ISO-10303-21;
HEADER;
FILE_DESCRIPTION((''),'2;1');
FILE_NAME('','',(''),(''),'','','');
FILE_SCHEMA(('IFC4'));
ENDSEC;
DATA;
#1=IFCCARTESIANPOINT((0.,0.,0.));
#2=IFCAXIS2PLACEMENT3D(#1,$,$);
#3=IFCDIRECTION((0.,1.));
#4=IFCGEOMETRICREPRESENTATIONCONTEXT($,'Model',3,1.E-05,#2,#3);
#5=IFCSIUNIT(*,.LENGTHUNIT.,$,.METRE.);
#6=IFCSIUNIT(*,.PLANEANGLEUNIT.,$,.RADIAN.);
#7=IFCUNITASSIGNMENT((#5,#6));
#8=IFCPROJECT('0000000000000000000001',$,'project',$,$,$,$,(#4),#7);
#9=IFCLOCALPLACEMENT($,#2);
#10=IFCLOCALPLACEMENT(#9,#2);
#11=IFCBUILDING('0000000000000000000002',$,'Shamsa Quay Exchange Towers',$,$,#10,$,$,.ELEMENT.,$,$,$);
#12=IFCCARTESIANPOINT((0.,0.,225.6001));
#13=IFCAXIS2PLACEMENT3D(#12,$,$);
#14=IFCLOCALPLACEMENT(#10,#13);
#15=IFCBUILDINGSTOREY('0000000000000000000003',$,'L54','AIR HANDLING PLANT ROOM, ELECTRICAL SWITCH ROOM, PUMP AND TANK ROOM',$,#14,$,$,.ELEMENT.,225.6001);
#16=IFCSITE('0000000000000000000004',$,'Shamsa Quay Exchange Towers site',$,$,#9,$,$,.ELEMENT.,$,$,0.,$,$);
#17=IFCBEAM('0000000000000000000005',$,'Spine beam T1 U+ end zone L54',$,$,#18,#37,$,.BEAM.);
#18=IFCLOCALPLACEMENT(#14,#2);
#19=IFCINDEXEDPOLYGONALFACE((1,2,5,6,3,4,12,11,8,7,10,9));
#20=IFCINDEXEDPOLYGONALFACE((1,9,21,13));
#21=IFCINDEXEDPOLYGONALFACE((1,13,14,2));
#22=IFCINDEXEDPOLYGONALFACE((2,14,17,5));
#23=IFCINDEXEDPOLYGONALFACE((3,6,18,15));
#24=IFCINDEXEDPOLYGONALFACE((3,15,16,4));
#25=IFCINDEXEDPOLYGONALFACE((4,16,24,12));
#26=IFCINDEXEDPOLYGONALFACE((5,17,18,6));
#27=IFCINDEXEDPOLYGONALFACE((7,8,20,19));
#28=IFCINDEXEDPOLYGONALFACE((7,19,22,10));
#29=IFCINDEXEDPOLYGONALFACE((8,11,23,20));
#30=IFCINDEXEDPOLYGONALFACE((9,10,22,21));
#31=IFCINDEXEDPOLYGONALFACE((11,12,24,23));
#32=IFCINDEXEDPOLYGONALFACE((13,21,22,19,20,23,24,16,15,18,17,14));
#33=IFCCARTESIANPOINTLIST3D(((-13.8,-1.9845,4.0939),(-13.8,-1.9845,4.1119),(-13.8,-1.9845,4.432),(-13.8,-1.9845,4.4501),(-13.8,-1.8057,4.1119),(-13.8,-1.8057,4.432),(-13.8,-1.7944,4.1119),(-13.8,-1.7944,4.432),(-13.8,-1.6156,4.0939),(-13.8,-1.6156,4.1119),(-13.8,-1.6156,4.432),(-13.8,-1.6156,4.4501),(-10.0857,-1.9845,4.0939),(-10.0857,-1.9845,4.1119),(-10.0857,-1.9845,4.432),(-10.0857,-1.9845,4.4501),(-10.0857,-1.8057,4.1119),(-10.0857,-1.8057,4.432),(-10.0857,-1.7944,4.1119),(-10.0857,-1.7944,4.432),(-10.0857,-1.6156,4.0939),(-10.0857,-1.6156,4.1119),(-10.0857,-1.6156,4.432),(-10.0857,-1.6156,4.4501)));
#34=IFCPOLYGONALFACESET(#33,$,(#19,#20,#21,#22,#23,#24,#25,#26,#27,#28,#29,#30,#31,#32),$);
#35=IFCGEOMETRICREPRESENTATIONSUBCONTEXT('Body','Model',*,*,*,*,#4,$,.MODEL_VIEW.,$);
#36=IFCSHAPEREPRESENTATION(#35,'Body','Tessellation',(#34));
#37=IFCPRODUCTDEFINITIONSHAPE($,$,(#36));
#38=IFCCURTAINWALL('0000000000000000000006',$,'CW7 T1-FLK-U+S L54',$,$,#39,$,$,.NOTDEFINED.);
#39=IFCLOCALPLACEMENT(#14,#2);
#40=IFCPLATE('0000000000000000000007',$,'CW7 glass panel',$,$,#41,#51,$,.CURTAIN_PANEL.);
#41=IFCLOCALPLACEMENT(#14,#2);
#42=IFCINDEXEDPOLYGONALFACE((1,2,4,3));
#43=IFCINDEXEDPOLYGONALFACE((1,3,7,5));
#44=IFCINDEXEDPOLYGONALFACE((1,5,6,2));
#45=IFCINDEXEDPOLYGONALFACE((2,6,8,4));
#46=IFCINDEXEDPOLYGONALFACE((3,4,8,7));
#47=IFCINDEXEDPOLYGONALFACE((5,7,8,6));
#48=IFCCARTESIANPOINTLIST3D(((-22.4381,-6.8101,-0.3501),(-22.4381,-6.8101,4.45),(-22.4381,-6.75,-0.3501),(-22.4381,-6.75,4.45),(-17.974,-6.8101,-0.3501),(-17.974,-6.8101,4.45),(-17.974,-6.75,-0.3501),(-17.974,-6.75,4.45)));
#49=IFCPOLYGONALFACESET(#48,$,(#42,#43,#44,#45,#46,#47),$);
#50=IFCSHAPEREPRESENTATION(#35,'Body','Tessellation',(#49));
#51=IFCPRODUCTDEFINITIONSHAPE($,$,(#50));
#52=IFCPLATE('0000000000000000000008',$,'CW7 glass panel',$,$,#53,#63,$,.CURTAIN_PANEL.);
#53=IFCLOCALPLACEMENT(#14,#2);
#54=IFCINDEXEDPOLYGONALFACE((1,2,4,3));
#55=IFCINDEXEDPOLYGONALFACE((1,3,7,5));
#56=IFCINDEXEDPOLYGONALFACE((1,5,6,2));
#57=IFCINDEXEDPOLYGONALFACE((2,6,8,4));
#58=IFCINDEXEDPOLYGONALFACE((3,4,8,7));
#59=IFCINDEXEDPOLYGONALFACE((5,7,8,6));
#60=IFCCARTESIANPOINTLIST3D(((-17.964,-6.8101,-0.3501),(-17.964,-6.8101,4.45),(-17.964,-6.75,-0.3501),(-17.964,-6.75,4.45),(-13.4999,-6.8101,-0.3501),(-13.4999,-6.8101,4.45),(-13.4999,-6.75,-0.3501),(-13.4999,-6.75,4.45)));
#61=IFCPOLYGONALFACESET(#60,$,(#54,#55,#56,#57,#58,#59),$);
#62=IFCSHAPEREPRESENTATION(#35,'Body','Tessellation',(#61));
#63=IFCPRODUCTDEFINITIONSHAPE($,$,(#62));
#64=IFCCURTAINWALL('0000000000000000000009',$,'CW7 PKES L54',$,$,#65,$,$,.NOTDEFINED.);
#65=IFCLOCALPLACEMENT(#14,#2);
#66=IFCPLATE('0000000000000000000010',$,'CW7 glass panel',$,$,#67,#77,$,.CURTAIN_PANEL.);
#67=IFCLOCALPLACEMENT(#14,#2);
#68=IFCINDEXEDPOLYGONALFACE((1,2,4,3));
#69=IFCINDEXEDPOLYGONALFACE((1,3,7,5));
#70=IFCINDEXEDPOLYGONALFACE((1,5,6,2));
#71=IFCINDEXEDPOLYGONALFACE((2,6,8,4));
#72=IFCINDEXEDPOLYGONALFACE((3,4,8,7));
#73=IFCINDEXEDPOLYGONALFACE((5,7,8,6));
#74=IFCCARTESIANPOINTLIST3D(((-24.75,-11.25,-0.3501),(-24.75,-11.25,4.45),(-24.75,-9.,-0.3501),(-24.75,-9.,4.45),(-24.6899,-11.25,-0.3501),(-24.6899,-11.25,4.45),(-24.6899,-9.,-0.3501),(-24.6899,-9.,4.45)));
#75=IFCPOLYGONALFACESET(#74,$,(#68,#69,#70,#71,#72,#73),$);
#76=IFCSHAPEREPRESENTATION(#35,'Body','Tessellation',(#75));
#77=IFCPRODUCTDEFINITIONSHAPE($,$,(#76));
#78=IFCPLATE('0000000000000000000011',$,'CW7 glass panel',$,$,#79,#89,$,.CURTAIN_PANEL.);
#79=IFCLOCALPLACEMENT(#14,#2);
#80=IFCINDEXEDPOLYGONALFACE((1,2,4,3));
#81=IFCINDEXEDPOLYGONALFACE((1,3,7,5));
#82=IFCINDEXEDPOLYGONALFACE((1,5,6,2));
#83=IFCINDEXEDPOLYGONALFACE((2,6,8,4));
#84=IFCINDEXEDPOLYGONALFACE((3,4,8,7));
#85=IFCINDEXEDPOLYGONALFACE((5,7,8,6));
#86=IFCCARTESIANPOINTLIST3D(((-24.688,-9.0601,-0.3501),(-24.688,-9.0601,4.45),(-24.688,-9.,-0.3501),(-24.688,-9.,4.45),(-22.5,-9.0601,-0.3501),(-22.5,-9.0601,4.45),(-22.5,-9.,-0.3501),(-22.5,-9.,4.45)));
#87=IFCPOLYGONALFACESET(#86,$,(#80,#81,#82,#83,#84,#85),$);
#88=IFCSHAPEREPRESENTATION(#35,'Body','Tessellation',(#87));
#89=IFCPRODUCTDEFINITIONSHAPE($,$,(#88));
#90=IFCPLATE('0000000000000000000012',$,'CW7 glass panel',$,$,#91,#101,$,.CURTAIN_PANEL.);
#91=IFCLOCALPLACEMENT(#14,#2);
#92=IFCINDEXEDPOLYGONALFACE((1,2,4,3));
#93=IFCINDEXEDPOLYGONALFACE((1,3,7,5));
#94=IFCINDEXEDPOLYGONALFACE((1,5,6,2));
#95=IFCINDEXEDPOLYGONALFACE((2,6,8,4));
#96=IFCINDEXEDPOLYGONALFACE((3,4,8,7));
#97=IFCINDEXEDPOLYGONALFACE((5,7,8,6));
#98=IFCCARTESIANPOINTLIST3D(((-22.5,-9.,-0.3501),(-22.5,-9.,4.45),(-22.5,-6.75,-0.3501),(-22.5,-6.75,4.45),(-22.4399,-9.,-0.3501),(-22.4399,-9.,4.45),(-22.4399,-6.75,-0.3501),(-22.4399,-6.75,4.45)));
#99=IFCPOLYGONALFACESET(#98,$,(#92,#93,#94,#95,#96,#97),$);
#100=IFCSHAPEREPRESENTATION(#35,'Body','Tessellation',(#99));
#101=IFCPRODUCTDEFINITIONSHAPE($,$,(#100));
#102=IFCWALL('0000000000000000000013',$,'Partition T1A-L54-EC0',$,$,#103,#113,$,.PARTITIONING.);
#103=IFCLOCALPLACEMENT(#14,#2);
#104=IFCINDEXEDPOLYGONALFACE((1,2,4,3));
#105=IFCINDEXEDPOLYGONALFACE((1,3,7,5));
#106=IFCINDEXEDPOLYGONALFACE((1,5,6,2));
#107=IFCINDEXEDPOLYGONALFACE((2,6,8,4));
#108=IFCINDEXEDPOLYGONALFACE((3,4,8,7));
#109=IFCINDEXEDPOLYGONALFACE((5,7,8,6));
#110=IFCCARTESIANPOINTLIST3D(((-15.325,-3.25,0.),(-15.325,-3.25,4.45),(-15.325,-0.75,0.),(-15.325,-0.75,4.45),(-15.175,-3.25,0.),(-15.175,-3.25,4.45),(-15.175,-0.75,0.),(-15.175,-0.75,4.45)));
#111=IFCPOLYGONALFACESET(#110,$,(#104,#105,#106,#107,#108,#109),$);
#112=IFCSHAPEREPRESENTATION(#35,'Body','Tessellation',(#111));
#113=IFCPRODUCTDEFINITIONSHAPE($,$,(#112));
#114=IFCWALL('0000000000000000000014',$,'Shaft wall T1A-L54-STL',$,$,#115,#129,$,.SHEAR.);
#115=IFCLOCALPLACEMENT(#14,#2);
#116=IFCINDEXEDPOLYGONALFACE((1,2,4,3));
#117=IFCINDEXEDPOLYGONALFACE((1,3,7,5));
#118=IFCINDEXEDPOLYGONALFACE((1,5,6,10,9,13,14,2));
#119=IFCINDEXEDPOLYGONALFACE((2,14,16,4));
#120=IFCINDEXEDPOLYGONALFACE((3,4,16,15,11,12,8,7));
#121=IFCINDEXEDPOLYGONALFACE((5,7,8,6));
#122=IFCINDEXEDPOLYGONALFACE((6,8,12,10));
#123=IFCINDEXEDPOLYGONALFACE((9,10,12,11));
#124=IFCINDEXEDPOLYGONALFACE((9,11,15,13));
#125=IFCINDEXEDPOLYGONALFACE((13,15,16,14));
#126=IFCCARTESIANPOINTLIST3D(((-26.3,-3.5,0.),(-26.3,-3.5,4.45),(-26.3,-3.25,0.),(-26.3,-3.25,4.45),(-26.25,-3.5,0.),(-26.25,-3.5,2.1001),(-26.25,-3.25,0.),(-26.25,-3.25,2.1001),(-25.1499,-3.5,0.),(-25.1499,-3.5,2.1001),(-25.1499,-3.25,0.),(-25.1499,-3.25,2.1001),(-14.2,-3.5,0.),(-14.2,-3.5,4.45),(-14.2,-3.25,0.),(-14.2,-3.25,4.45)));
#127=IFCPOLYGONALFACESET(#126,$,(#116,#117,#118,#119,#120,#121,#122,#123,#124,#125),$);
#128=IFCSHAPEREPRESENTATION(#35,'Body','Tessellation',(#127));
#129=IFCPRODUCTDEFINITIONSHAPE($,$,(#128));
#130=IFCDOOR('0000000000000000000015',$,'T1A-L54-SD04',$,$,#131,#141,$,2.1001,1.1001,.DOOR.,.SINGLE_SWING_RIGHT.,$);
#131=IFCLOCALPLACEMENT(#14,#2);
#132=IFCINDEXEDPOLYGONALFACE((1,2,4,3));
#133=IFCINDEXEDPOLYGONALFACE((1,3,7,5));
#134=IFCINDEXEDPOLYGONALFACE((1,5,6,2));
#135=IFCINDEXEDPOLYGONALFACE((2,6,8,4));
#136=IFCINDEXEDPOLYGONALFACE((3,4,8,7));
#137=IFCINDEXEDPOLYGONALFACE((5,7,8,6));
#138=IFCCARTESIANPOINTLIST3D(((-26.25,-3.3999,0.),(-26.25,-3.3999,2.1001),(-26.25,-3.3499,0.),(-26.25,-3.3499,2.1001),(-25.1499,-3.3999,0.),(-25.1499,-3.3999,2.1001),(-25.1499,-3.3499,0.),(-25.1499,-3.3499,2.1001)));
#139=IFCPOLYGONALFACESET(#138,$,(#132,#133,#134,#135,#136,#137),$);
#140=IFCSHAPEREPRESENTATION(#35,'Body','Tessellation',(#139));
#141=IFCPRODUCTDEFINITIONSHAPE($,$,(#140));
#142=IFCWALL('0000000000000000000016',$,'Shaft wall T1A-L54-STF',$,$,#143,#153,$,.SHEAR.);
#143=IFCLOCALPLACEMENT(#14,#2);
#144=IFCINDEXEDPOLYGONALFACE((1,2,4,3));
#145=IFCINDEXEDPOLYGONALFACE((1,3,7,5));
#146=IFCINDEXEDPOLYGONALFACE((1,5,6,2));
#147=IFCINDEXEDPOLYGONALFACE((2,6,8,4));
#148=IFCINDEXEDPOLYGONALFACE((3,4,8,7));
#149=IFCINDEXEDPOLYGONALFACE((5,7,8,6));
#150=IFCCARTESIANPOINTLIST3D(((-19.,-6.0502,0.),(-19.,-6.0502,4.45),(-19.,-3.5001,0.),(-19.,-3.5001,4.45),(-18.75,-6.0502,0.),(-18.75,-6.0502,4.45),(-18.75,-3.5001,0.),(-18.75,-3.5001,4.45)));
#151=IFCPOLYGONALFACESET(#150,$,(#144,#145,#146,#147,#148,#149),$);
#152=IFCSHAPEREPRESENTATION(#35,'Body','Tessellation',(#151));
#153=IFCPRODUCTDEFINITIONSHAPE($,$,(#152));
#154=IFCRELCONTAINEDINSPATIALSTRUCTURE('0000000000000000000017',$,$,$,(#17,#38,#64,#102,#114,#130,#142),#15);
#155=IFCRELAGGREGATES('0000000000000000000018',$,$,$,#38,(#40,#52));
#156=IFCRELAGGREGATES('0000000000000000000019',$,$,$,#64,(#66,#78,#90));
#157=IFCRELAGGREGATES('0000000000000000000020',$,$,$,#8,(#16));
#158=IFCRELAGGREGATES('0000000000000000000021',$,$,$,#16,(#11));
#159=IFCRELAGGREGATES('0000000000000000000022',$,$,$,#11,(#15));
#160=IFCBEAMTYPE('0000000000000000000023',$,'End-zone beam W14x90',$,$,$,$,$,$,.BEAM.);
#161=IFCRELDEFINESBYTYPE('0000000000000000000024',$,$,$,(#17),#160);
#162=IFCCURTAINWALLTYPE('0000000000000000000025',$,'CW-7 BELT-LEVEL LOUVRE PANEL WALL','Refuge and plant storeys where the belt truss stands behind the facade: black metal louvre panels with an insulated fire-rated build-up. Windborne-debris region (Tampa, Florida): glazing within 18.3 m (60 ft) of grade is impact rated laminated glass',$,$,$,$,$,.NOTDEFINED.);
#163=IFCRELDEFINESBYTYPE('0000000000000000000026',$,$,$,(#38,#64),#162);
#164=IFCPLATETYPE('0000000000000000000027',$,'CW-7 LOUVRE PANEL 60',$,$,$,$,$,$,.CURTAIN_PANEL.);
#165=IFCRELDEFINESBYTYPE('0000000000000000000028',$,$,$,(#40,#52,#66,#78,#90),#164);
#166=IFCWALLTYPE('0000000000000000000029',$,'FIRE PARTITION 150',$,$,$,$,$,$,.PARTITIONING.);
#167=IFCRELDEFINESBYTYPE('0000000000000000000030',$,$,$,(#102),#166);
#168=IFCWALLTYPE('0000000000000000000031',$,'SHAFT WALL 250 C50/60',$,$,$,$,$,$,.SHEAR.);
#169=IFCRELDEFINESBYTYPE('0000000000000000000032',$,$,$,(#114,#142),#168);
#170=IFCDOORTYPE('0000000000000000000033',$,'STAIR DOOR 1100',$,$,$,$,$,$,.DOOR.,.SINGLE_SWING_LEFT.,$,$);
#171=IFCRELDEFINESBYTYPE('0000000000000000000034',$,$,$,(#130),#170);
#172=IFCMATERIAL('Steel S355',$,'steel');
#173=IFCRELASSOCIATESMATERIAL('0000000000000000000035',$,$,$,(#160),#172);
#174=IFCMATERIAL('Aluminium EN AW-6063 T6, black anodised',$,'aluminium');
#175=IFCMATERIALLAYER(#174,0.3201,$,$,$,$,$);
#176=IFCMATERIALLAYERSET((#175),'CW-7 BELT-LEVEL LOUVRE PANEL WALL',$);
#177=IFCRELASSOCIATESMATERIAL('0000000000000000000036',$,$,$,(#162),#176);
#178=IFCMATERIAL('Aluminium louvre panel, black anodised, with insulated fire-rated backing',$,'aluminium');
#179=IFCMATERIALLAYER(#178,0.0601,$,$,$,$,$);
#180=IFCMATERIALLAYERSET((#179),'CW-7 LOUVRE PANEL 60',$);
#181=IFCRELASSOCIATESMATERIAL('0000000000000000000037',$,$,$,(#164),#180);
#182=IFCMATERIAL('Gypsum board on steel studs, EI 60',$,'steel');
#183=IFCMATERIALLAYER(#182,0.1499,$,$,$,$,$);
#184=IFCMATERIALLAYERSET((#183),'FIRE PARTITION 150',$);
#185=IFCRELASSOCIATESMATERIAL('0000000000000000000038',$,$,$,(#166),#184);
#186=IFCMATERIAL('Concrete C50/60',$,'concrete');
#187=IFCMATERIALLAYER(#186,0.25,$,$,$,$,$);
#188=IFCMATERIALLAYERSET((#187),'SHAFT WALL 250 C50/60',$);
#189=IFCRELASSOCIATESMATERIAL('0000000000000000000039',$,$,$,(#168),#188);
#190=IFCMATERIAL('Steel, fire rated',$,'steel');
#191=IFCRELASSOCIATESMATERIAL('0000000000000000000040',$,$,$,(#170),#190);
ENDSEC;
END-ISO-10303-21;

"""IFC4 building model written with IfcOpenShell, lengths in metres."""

from ifc_helpers import new_model, si_unit, direction, frame, frame_2d, origin, origin_2d, place, context, subcontext, project, spatial, rectangle, i_section, extrude, material, layer, layer_set, material_profile, profile_set, type_object, element, fill, aggregate, save


model = new_model("IFC4")

# Units and contexts
model_context = context("Model", 3, precision=1e-05, world=origin(), true_north=direction((0.0, 1.0)))
body_context = subcontext(model_context, "Body", "Model", "MODEL_VIEW")
ifc_project = project(units=[si_unit("LENGTHUNIT", "METRE"), si_unit("PLANEANGLEUNIT", "RADIAN")], contexts=[model_context])

# Site, building, storey
site_placement = place(None, origin())
site = spatial("IfcSite", under=ifc_project, at=site_placement, Name="Shamsa Quay Exchange Towers site", CompositionType="ELEMENT", RefElevation=0.0)
building_placement = place(site_placement, origin())
building = spatial("IfcBuilding", under=site, at=building_placement, Name="Shamsa Quay Exchange Towers", CompositionType="ELEMENT")
storey_placement = place(building_placement, frame((0.0, 0.0, 225.6001)))
storey = spatial("IfcBuildingStorey", under=building, at=storey_placement, Name="L54", Description="AIR HANDLING PLANT ROOM, ELECTRICAL SWITCH ROOM, PUMP AND TANK ROOM", CompositionType="ELEMENT", Elevation=225.6001)

# Beam
ifc_material_1 = material(Name="Steel S355", Category="steel")
ifc_material_profile = material_profile(ifc_material_1, i_section(OverallWidth=0.3689, OverallDepth=0.3562, WebThickness=0.0112, FlangeThickness=0.0181, at=origin_2d()), Name="W14x90")
ifc_profile_set = profile_set([ifc_material_profile], Name="Steel S355")
beam_type = type_object("IfcBeamType", Name="End-zone beam W14x90", PredefinedType="BEAM", material=ifc_profile_set)
beam_placement = place(storey_placement, frame((-13.8, -1.8, 4.272), z_axis=(1.0, 0.0, 0.0), x_axis=(0.0, 1.0, 0.0)))
element("IfcBeam", 1, at=beam_placement, inside=storey, type_object=beam_type, Name="Spine beam T1 U+ end zone L54", PredefinedType="BEAM", context=body_context, shape_type="SweptSolid", body=[
    extrude(i_section(OverallWidth=0.3689, OverallDepth=0.3562, WebThickness=0.0112, FlangeThickness=0.0181, at=origin_2d()), origin(), (0.0, 0.0, 1.0), 3.7144),
])

# Curtain walls, plates
ifc_material_2 = material(Name="Aluminium EN AW-6063 T6, black anodised", Category="aluminium")
ifc_layer_1 = layer(ifc_material_2, 0.3201)
ifc_layer_set_1 = layer_set([ifc_layer_1], Name="CW-7 BELT-LEVEL LOUVRE PANEL WALL")
curtain_wall_type = type_object("IfcCurtainWallType", Name="CW-7 BELT-LEVEL LOUVRE PANEL WALL", Description="Refuge and plant storeys where the belt truss stands behind the facade: black metal louvre panels with an insulated fire-rated build-up. Windborne-debris region (Tampa, Florida): glazing within 18.3 m (60 ft) of grade is impact rated laminated glass", PredefinedType="NOTDEFINED", material=ifc_layer_set_1)
curtain_wall_1_placement = place(storey_placement, origin())
curtain_wall_1 = element("IfcCurtainWall", 2, at=curtain_wall_1_placement, inside=storey, type_object=curtain_wall_type, Name="CW7 T1-FLK-U+S L54", PredefinedType="NOTDEFINED")
ifc_material_3 = material(Name="Aluminium louvre panel, black anodised, with insulated fire-rated backing", Category="aluminium")
ifc_layer_2 = layer(ifc_material_3, 0.0601)
ifc_layer_set_2 = layer_set([ifc_layer_2], Name="CW-7 LOUVRE PANEL 60")
plate_type = type_object("IfcPlateType", Name="CW-7 LOUVRE PANEL 60", PredefinedType="CURTAIN_PANEL", material=ifc_layer_set_2)
plate_1_placement = place(storey_placement, frame((-20.2061, -6.78, -0.3501)))
plate_1 = element("IfcPlate", 3, at=plate_1_placement, type_object=plate_type, Name="CW7 glass panel", PredefinedType="CURTAIN_PANEL", context=body_context, shape_type="SweptSolid", body=[
    extrude(rectangle(XDim=4.4641, YDim=0.0601, at=origin_2d()), origin(), (0.0, 0.0, 1.0), 4.8),
])
plate_2_placement = place(storey_placement, frame((-15.7319, -6.78, -0.3501)))
plate_2 = element("IfcPlate", 4, at=plate_2_placement, type_object=plate_type, Name="CW7 glass panel", PredefinedType="CURTAIN_PANEL", context=body_context, shape_type="SweptSolid", body=[
    extrude(rectangle(XDim=4.4641, YDim=0.0601, at=origin_2d()), origin(), (0.0, 0.0, 1.0), 4.8),
])
aggregate(curtain_wall_1, [plate_1, plate_2])
curtain_wall_2_placement = place(storey_placement, origin())
curtain_wall_2 = element("IfcCurtainWall", 5, at=curtain_wall_2_placement, inside=storey, type_object=curtain_wall_type, Name="CW7 PKES L54", PredefinedType="NOTDEFINED")
plate_3_placement = place(storey_placement, frame((-24.72, -10.125, -0.3501), z_axis=(0.0, 0.0, 1.0), x_axis=(0.0, 1.0, 0.0)))
plate_3 = element("IfcPlate", 6, at=plate_3_placement, type_object=plate_type, Name="CW7 glass panel", PredefinedType="CURTAIN_PANEL", context=body_context, shape_type="SweptSolid", body=[
    extrude(rectangle(XDim=2.25, YDim=0.0601, at=origin_2d()), origin(), (0.0, 0.0, 1.0), 4.8),
])
plate_4_placement = place(storey_placement, frame((-23.594, -9.03, -0.3501)))
plate_4 = element("IfcPlate", 7, at=plate_4_placement, type_object=plate_type, Name="CW7 glass panel", PredefinedType="CURTAIN_PANEL", context=body_context, shape_type="SweptSolid", body=[
    extrude(rectangle(XDim=2.188, YDim=0.0601, at=origin_2d()), origin(), (0.0, 0.0, 1.0), 4.8),
])
plate_5_placement = place(storey_placement, frame((-22.47, -7.875, -0.3501), z_axis=(0.0, 0.0, 1.0), x_axis=(0.0, 1.0, 0.0)))
plate_5 = element("IfcPlate", 8, at=plate_5_placement, type_object=plate_type, Name="CW7 glass panel", PredefinedType="CURTAIN_PANEL", context=body_context, shape_type="SweptSolid", body=[
    extrude(rectangle(XDim=2.25, YDim=0.0601, at=origin_2d()), origin(), (0.0, 0.0, 1.0), 4.8),
])
aggregate(curtain_wall_2, [plate_3, plate_4, plate_5])

# Wall
ifc_material_4 = material(Name="Gypsum board on steel studs, EI 60", Category="steel")
ifc_layer_3 = layer(ifc_material_4, 0.1499)
ifc_layer_set_3 = layer_set([ifc_layer_3], Name="FIRE PARTITION 150")
wall_type_1 = type_object("IfcWallType", Name="FIRE PARTITION 150", PredefinedType="PARTITIONING", material=ifc_layer_set_3)
wall_1_placement = place(storey_placement, frame((-15.25, -3.25, 0.0), z_axis=(0.0, 0.0, 1.0), x_axis=(0.0, 1.0, 0.0)))
element("IfcWall", 9, at=wall_1_placement, inside=storey, type_object=wall_type_1, Name="Partition T1A-L54-EC0", PredefinedType="PARTITIONING", context=body_context, shape_type="SweptSolid", body=[
    extrude(rectangle(XDim=2.5, YDim=0.1499, at=frame_2d((1.25, 0.0))), origin(), (0.0, 0.0, 1.0), 4.45),
])

# Wall, opening, door
ifc_material_5 = material(Name="Concrete C50/60", Category="concrete")
ifc_layer_4 = layer(ifc_material_5, 0.25)
ifc_layer_set_4 = layer_set([ifc_layer_4], Name="SHAFT WALL 250 C50/60")
wall_type_2 = type_object("IfcWallType", Name="SHAFT WALL 250 C50/60", PredefinedType="SHEAR", material=ifc_layer_set_4)
wall_2_placement = place(storey_placement, frame((-14.2, -3.375, 0.0), z_axis=(0.0, 0.0, 1.0), x_axis=(-1.0, 0.0, 0.0)))
wall_2 = element("IfcWall", 10, at=wall_2_placement, inside=storey, type_object=wall_type_2, Name="Shaft wall T1A-L54-STL", PredefinedType="SHEAR", context=body_context, shape_type="SweptSolid", body=[
    extrude(rectangle(XDim=12.1001, YDim=0.25, at=frame_2d((6.05, 0.0))), origin(), (0.0, 0.0, 1.0), 4.45),
])
opening_1_placement = place(wall_2_placement, frame((10.95, 0.0, 0.0)))
opening_1 = element("IfcOpeningElement", 11, at=opening_1_placement, cuts=wall_2, PredefinedType="OPENING", context=body_context, shape_type="SweptSolid", body=[
    extrude(rectangle(XDim=1.1001, YDim=2.1001, at=frame_2d((0.55, 1.05))), frame((0.0, 0.135, 0.0), z_axis=(0.0, -1.0, 0.0), x_axis=(1.0, 0.0, 0.0)), (0.0, 0.0, 1.0), 0.27),
])
ifc_material_6 = material(Name="Steel, fire rated", Category="steel")
door_type_1 = type_object("IfcDoorType", Name="STAIR DOOR 1100", OperationType="SINGLE_SWING_LEFT", PredefinedType="DOOR", material=ifc_material_6)
door_1_placement = place(opening_1_placement, origin())
door_1 = element("IfcDoor", 12, at=door_1_placement, inside=storey, type_object=door_type_1, Name="T1A-L54-SD04", OperationType="SINGLE_SWING_RIGHT", OverallHeight=2.1001, OverallWidth=1.1001, PredefinedType="DOOR", context=body_context, shape_type="SweptSolid", body=[
    extrude(rectangle(XDim=1.1001, YDim=2.1001, at=frame_2d((0.55, 1.05))), frame((0.0, 0.0249, 0.0), z_axis=(0.0, -1.0, 0.0), x_axis=(1.0, 0.0, 0.0)), (0.0, 0.0, 1.0), 0.05),
])
fill(opening_1, door_1)

# Wall
wall_3_placement = place(storey_placement, frame((-18.875, -6.05, 0.0), z_axis=(0.0, 0.0, 1.0), x_axis=(0.0, 1.0, 0.0)))
element("IfcWall", 13, at=wall_3_placement, inside=storey, type_object=wall_type_2, Name="Shaft wall T1A-L54-STF", PredefinedType="SHEAR", context=body_context, shape_type="SweptSolid", body=[
    extrude(rectangle(XDim=2.55, YDim=0.25, at=frame_2d((1.2749, 0.0))), origin(), (0.0, 0.0, 1.0), 4.45),
])

save(model, "model.ifc")
